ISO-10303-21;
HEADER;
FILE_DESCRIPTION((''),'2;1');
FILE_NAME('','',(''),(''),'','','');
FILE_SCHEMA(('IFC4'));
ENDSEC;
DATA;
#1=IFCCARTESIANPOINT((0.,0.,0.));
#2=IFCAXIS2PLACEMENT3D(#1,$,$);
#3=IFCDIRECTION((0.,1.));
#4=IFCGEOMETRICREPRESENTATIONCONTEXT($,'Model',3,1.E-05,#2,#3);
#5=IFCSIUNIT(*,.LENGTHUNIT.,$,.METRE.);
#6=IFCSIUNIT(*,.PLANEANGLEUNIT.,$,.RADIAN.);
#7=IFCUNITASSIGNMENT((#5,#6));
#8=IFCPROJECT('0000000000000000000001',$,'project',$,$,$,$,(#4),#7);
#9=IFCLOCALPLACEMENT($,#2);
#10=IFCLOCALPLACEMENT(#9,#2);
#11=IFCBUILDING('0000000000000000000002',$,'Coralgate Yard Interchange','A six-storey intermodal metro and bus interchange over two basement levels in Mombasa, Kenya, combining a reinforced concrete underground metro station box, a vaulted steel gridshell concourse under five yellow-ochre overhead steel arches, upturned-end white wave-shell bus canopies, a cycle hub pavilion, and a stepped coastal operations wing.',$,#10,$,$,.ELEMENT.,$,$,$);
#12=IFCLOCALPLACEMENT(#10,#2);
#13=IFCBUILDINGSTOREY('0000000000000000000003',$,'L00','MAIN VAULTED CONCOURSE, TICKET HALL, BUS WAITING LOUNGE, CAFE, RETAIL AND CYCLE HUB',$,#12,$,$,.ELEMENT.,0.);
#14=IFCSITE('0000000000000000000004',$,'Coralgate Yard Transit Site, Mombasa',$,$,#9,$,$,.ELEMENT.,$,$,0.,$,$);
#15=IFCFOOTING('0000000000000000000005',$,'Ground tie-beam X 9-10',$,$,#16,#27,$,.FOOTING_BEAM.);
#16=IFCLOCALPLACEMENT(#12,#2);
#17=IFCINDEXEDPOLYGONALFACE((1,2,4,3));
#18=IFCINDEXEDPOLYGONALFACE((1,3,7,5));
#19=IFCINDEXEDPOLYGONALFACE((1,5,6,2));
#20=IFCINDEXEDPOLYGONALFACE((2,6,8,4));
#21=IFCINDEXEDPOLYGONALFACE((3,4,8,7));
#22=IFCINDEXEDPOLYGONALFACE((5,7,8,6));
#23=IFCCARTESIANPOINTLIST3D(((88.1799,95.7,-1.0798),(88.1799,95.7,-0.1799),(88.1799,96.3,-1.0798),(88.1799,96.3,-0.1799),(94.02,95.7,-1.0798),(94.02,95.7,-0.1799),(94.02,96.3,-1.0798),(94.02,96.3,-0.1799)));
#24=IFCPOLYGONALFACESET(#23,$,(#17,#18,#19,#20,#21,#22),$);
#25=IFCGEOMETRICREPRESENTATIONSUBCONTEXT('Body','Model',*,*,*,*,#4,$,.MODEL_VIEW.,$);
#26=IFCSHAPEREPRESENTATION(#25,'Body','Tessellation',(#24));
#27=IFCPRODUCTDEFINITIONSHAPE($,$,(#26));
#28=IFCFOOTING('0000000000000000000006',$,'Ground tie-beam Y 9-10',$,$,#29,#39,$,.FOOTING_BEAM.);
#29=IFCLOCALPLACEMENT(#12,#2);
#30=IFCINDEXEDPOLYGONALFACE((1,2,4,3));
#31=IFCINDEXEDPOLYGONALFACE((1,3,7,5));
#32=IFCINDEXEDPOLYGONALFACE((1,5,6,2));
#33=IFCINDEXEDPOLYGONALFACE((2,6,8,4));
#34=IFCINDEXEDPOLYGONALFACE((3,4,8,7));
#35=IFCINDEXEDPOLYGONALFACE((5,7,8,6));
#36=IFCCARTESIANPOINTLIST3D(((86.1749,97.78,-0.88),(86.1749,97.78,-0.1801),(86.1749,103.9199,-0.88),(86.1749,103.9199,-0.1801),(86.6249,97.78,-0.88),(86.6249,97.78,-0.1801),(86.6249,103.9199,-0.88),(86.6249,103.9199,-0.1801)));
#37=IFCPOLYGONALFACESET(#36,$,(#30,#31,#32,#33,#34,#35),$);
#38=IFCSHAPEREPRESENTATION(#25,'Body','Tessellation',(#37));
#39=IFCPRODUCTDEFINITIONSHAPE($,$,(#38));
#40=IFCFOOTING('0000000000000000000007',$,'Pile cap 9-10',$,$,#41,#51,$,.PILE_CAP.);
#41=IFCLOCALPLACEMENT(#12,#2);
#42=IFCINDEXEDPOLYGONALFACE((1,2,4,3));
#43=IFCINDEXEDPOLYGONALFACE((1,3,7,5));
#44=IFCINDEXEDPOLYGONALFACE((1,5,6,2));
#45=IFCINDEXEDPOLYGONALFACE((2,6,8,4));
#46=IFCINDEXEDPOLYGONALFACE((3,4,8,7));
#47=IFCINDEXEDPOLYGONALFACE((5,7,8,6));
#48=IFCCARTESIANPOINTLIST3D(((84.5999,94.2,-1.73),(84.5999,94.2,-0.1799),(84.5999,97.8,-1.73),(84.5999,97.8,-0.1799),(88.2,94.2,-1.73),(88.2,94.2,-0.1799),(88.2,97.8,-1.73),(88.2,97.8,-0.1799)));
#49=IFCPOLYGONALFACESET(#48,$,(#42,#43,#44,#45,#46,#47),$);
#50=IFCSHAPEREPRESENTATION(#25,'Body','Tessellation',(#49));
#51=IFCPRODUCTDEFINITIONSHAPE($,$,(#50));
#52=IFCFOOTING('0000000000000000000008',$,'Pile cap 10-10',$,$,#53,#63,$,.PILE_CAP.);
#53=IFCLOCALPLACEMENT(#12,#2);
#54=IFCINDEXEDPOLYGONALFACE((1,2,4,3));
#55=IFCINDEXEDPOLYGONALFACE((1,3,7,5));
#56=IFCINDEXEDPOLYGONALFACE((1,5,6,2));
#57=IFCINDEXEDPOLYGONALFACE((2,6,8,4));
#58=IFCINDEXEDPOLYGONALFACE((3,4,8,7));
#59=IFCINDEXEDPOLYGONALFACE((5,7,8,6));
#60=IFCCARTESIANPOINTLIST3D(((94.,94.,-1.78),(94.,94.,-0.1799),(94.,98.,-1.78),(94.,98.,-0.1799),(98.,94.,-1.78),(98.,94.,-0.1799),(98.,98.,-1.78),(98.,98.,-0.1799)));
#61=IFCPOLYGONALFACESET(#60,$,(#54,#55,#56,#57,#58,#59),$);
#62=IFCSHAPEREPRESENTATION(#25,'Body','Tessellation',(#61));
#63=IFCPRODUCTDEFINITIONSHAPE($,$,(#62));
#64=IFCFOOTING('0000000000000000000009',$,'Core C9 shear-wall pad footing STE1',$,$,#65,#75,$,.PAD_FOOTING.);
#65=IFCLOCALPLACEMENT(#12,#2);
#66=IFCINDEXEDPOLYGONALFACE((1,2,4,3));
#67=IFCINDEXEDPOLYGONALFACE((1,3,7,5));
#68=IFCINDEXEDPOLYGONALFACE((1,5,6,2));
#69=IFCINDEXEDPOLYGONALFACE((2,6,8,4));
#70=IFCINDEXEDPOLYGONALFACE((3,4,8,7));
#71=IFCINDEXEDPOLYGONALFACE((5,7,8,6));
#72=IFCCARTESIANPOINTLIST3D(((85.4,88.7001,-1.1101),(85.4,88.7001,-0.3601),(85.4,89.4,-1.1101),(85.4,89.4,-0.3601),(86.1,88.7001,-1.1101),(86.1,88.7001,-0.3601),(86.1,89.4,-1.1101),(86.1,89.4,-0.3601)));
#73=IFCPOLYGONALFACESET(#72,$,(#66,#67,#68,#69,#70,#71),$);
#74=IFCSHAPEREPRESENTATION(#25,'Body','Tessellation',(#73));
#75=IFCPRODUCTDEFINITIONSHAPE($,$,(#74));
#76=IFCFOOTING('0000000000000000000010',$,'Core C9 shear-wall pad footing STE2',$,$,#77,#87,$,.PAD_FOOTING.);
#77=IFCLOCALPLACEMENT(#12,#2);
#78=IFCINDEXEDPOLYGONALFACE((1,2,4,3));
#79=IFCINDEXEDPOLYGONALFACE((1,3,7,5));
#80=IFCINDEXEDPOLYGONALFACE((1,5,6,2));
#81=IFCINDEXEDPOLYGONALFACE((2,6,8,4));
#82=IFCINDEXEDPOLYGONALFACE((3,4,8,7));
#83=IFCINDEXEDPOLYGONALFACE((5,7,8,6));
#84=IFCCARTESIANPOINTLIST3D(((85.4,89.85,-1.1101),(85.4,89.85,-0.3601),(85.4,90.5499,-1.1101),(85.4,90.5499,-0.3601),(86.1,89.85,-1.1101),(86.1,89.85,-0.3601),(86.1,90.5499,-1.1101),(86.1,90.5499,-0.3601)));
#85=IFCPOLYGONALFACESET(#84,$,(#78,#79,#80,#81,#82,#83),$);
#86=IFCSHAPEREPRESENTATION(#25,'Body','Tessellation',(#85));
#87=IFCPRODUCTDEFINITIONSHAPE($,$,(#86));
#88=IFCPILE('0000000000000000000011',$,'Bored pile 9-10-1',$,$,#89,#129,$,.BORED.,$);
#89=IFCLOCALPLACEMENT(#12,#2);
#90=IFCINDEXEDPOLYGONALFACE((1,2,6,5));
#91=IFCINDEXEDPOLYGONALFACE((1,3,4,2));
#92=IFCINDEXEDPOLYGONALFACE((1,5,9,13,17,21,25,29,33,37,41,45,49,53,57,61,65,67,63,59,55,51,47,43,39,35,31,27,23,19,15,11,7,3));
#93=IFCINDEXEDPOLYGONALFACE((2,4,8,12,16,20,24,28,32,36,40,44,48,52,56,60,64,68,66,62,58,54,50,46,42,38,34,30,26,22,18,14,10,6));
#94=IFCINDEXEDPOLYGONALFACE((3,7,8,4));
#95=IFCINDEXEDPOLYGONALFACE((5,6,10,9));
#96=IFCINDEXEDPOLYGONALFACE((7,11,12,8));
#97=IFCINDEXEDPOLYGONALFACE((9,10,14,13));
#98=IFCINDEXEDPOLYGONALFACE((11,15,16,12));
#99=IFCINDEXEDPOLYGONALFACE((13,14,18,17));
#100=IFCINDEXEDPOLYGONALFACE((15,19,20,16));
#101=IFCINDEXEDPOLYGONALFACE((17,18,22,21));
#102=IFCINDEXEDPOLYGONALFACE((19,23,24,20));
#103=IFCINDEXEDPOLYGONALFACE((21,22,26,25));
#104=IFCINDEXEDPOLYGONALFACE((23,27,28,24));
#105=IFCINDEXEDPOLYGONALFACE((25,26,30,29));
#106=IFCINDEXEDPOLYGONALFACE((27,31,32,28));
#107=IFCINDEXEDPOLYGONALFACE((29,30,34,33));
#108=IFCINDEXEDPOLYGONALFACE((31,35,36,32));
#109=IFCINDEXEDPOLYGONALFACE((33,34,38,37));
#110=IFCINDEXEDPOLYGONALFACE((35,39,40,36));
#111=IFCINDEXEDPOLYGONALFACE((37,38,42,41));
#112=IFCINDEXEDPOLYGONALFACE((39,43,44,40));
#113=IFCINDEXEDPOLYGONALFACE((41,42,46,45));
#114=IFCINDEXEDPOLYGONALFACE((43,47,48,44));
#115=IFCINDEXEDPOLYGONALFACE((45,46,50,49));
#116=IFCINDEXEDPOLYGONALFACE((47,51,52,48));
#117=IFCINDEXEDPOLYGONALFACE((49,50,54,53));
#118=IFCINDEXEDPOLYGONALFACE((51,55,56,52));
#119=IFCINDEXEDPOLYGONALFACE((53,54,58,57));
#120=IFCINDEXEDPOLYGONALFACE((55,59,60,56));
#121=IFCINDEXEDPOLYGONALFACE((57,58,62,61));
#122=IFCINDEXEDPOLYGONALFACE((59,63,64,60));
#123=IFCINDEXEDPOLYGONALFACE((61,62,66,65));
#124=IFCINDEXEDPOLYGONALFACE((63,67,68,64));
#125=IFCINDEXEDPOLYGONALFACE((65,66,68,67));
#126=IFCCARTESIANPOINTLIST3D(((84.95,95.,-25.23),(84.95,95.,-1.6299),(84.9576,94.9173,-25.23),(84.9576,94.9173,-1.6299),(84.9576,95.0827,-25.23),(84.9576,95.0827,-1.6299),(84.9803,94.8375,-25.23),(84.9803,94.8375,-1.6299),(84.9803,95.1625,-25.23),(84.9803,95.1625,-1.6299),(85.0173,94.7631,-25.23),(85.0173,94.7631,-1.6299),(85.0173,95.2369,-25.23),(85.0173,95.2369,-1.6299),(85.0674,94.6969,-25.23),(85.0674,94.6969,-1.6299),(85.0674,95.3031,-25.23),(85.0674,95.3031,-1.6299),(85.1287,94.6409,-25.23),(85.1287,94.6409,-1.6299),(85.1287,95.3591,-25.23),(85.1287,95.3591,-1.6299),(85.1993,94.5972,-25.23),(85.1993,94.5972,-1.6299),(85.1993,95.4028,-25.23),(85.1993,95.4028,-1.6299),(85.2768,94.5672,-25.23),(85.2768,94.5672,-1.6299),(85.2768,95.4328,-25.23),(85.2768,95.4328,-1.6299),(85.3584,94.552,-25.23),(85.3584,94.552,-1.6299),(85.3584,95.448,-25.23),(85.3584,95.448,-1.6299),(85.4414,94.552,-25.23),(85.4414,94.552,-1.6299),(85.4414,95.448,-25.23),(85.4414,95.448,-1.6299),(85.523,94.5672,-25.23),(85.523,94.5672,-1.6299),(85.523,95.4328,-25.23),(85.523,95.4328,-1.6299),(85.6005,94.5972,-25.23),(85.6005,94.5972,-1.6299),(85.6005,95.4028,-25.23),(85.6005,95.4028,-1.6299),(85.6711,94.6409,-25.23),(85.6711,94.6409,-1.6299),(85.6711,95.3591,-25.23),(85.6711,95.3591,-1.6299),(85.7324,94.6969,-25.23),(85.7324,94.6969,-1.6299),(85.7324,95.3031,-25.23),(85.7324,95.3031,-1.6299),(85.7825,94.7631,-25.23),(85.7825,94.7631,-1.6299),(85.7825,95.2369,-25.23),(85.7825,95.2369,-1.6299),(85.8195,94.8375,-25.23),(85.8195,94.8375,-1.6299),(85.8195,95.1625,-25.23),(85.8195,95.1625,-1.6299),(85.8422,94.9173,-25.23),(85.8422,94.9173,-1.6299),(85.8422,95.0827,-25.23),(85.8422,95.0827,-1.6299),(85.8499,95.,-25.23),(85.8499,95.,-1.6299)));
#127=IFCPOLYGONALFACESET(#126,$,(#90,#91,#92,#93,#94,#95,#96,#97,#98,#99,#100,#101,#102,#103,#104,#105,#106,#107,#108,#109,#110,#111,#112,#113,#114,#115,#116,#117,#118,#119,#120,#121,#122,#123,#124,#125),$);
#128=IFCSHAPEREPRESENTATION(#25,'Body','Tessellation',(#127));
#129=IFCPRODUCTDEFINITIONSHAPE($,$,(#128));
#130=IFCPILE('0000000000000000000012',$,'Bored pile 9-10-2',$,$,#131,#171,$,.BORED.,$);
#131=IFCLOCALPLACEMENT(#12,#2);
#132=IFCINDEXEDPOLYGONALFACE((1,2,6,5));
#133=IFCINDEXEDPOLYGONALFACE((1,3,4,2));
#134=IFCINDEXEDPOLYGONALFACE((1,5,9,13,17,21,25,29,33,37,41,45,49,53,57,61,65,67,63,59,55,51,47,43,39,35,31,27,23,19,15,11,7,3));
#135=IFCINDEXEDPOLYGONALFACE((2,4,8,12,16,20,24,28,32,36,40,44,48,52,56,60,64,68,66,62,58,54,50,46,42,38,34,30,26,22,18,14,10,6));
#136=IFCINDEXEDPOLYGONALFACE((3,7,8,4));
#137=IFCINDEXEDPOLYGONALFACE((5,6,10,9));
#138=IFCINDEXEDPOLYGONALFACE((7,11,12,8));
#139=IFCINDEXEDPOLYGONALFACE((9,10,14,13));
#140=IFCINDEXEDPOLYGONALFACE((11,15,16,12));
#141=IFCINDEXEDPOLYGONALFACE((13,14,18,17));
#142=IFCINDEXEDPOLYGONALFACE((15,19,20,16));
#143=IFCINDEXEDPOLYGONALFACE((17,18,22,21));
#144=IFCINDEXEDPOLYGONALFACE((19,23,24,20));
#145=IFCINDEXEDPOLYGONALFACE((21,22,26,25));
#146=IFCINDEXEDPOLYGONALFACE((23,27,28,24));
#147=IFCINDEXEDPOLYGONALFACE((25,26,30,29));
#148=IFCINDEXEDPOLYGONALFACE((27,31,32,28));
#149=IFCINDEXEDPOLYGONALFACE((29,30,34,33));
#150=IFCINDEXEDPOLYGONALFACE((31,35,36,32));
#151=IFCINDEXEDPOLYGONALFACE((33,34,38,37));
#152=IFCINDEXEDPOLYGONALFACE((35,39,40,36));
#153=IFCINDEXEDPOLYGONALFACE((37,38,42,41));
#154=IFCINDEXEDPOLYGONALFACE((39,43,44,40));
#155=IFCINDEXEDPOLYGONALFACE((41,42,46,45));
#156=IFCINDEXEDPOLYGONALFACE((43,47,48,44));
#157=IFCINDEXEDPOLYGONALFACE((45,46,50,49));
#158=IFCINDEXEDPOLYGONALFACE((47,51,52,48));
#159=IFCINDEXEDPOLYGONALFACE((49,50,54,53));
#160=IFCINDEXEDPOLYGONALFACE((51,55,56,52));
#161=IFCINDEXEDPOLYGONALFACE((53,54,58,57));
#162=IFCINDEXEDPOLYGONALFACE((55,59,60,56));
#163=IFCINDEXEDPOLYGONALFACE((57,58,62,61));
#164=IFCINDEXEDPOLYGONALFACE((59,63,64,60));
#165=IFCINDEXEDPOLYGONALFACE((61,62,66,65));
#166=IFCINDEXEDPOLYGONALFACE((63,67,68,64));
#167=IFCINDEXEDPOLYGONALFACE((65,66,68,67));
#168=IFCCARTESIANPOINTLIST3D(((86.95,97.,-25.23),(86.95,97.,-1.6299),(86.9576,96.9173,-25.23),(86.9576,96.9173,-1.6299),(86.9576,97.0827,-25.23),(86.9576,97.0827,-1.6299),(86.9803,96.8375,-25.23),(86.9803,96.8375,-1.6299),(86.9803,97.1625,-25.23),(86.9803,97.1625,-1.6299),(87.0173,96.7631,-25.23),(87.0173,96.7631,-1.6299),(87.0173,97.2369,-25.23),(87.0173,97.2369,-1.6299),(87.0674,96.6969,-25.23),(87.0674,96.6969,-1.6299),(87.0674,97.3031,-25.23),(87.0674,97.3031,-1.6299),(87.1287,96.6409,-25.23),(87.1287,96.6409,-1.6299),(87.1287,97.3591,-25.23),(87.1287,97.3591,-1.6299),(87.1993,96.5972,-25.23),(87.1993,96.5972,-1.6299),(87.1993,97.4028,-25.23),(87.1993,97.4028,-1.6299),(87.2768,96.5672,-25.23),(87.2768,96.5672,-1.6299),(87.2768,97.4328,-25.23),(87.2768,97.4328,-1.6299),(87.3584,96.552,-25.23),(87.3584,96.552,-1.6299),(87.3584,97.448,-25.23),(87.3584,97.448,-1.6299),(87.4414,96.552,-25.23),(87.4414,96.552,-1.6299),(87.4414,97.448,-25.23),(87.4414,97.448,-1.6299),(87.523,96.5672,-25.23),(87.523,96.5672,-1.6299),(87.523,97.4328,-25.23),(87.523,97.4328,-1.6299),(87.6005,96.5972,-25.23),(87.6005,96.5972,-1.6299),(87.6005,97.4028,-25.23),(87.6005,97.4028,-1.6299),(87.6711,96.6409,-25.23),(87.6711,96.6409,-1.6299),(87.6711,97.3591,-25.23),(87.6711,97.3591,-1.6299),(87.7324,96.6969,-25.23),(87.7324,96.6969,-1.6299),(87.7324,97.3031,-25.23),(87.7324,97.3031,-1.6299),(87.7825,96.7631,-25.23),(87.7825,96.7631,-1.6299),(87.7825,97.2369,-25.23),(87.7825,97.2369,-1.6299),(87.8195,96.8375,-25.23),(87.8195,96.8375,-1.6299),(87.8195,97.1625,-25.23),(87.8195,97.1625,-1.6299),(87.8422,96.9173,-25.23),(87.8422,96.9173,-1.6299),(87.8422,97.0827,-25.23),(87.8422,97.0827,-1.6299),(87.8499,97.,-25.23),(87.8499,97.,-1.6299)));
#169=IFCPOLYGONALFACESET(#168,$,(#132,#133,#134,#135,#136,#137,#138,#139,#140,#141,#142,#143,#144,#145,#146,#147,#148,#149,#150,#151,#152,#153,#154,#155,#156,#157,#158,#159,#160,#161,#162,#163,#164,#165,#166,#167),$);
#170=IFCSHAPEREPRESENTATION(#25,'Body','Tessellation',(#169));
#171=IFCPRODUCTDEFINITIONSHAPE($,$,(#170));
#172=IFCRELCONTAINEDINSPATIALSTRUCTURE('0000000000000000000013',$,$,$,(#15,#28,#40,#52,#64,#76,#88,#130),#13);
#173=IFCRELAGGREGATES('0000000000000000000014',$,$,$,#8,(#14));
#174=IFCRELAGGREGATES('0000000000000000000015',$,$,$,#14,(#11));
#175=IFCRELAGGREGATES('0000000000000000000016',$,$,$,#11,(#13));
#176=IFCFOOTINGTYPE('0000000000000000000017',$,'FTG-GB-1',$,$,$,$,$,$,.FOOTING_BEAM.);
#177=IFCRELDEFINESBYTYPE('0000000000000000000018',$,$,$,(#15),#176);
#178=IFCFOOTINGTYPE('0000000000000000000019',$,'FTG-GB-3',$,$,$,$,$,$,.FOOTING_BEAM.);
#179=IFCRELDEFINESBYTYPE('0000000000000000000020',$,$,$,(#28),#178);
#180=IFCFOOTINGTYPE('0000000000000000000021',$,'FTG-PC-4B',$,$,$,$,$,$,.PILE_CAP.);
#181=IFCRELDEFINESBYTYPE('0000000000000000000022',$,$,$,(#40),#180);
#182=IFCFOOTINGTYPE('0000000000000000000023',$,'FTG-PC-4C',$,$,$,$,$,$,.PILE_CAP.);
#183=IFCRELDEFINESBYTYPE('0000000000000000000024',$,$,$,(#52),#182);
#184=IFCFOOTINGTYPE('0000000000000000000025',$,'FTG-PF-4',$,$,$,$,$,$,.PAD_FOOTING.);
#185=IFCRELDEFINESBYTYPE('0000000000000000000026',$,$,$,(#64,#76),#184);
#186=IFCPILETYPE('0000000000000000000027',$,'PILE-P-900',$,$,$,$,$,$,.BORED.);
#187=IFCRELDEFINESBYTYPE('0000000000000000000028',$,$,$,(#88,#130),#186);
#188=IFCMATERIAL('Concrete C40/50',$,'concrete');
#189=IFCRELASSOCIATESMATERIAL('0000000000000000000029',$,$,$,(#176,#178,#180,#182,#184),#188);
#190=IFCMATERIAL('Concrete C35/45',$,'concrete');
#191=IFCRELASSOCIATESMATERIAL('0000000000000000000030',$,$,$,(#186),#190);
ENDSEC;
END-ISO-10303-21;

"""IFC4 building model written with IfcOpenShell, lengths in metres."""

from ifc_helpers import new_model, si_unit, direction, frame, origin, origin_2d, place, context, subcontext, project, spatial, rectangle, circle, extrude, material, material_profile, profile_set, type_object, element, save


model = new_model("IFC4")

# Units and contexts
model_context = context("Model", 3, precision=1e-05, world=origin(), true_north=direction((0.0, 1.0)))
body_context = subcontext(model_context, "Body", "Model", "MODEL_VIEW")
ifc_project = project(units=[si_unit("LENGTHUNIT", "METRE"), si_unit("PLANEANGLEUNIT", "RADIAN")], contexts=[model_context])

# Site, building, storey
site_placement = place(None, origin())
site = spatial("IfcSite", under=ifc_project, at=site_placement, Name="Coralgate Yard Transit Site, Mombasa", CompositionType="ELEMENT", RefElevation=0.0)
building_placement = place(site_placement, origin())
building = spatial("IfcBuilding", under=site, at=building_placement, Name="Coralgate Yard Interchange", Description="A six-storey intermodal metro and bus interchange over two basement levels in Mombasa, Kenya, combining a reinforced concrete underground metro station box, a vaulted steel gridshell concourse under five yellow-ochre overhead steel arches, upturned-end white wave-shell bus canopies, a cycle hub pavilion, and a stepped coastal operations wing.", CompositionType="ELEMENT")
storey_placement = place(building_placement, origin())
storey = spatial("IfcBuildingStorey", under=building, at=storey_placement, Name="L00", Description="MAIN VAULTED CONCOURSE, TICKET HALL, BUS WAITING LOUNGE, CAFE, RETAIL AND CYCLE HUB", CompositionType="ELEMENT", Elevation=0.0)

# Footings
ifc_material_1 = material(Name="Concrete C40/50", Category="concrete")
ifc_material_profile_1 = material_profile(ifc_material_1, rectangle(XDim=0.6001, YDim=0.8999, at=origin_2d()), Name="RC 600x900")
ifc_profile_set_1 = profile_set([ifc_material_profile_1], Name="Concrete C40/50")
footing_type_1 = type_object("IfcFootingType", Name="FTG-GB-1", PredefinedType="FOOTING_BEAM", material=ifc_profile_set_1)
footing_1_placement = place(storey_placement, frame((88.1799, 96.0, -0.6299), z_axis=(1.0, 0.0, 0.0), x_axis=(0.0, 1.0, 0.0)))
element("IfcFooting", 1, at=footing_1_placement, inside=storey, type_object=footing_type_1, Name="Ground tie-beam X 9-10", PredefinedType="FOOTING_BEAM", context=body_context, shape_type="SweptSolid", body=[
    extrude(rectangle(XDim=0.6001, YDim=0.8999, at=origin_2d()), origin(), (0.0, 0.0, 1.0), 5.8401),
])
ifc_material_profile_2 = material_profile(ifc_material_1, rectangle(XDim=0.45, YDim=0.7, at=origin_2d()), Name="RC 450x700")
ifc_profile_set_2 = profile_set([ifc_material_profile_2], Name="Concrete C40/50")
footing_type_2 = type_object("IfcFootingType", Name="FTG-GB-3", PredefinedType="FOOTING_BEAM", material=ifc_profile_set_2)
footing_2_placement = place(storey_placement, frame((86.3999, 97.78, -0.53), z_axis=(0.0, 1.0, 0.0), x_axis=(-1.0, 0.0, 0.0)))
element("IfcFooting", 2, at=footing_2_placement, inside=storey, type_object=footing_type_2, Name="Ground tie-beam Y 9-10", PredefinedType="FOOTING_BEAM", context=body_context, shape_type="SweptSolid", body=[
    extrude(rectangle(XDim=0.45, YDim=0.7, at=origin_2d()), origin(), (0.0, 0.0, 1.0), 6.1399),
])
footing_type_3 = type_object("IfcFootingType", Name="FTG-PC-4B", PredefinedType="PILE_CAP", material=ifc_material_1)
footing_3_placement = place(storey_placement, frame((86.3999, 96.0, -1.73), z_axis=(0.0, 0.0, 1.0), x_axis=(1.0, 0.0, 0.0)))
element("IfcFooting", 3, at=footing_3_placement, inside=storey, type_object=footing_type_3, Name="Pile cap 9-10", PredefinedType="PILE_CAP", context=body_context, shape_type="SweptSolid", body=[
    extrude(rectangle(XDim=3.6001, YDim=3.6001, at=origin_2d()), origin(), (0.0, 0.0, 1.0), 1.55),
])
footing_type_4 = type_object("IfcFootingType", Name="FTG-PC-4C", PredefinedType="PILE_CAP", material=ifc_material_1)
footing_4_placement = place(storey_placement, frame((96.0, 96.0, -1.78), z_axis=(0.0, 0.0, 1.0), x_axis=(1.0, 0.0, 0.0)))
element("IfcFooting", 4, at=footing_4_placement, inside=storey, type_object=footing_type_4, Name="Pile cap 10-10", PredefinedType="PILE_CAP", context=body_context, shape_type="SweptSolid", body=[
    extrude(rectangle(XDim=4.0, YDim=4.0, at=origin_2d()), origin(), (0.0, 0.0, 1.0), 1.6001),
])
footing_type_5 = type_object("IfcFootingType", Name="FTG-PF-4", PredefinedType="PAD_FOOTING", material=ifc_material_1)
for number, where, z_axis, x_axis, name in (
    (5, (85.75, 89.05, -1.1101), (0.0, 0.0, 1.0), (1.0, 0.0, 0.0), "Core C9 shear-wall pad footing STE1"),
    (6, (85.75, 90.2, -1.1101), (0.0, 0.0, 1.0), (1.0, 0.0, 0.0), "Core C9 shear-wall pad footing STE2"),
):
    element("IfcFooting", number, at=place(storey_placement, frame(where, z_axis=z_axis, x_axis=x_axis)), inside=storey, type_object=footing_type_5, Name=name, PredefinedType="PAD_FOOTING", context=body_context, shape_type="SweptSolid", body=[
        extrude(rectangle(XDim=0.7, YDim=0.7, at=origin_2d()), origin(), (0.0, 0.0, 1.0), 0.75),
    ])

# Piles
ifc_material_2 = material(Name="Concrete C35/45", Category="concrete")
ifc_material_profile_3 = material_profile(ifc_material_2, circle(Radius=0.45, at=origin_2d()), Name="BORED PILE D900")
ifc_profile_set_3 = profile_set([ifc_material_profile_3], Name="Concrete C35/45")
pile_type = type_object("IfcPileType", Name="PILE-P-900", PredefinedType="BORED", material=ifc_profile_set_3)
for number, where, z_axis, x_axis, name in (
    (7, (85.3999, 95.0, -1.6299), (0.0, 0.0, -1.0), (1.0, 0.0, 0.0), "Bored pile 9-10-1"),
    (8, (87.3999, 97.0, -1.6299), (0.0, 0.0, -1.0), (1.0, 0.0, 0.0), "Bored pile 9-10-2"),
):
    element("IfcPile", number, at=place(storey_placement, frame(where, z_axis=z_axis, x_axis=x_axis)), inside=storey, type_object=pile_type, Name=name, PredefinedType="BORED", context=body_context, shape_type="SweptSolid", body=[
        extrude(circle(Radius=0.45, at=origin_2d()), origin(), (0.0, 0.0, 1.0), 23.6001),
    ])

save(model, "model.ifc")
